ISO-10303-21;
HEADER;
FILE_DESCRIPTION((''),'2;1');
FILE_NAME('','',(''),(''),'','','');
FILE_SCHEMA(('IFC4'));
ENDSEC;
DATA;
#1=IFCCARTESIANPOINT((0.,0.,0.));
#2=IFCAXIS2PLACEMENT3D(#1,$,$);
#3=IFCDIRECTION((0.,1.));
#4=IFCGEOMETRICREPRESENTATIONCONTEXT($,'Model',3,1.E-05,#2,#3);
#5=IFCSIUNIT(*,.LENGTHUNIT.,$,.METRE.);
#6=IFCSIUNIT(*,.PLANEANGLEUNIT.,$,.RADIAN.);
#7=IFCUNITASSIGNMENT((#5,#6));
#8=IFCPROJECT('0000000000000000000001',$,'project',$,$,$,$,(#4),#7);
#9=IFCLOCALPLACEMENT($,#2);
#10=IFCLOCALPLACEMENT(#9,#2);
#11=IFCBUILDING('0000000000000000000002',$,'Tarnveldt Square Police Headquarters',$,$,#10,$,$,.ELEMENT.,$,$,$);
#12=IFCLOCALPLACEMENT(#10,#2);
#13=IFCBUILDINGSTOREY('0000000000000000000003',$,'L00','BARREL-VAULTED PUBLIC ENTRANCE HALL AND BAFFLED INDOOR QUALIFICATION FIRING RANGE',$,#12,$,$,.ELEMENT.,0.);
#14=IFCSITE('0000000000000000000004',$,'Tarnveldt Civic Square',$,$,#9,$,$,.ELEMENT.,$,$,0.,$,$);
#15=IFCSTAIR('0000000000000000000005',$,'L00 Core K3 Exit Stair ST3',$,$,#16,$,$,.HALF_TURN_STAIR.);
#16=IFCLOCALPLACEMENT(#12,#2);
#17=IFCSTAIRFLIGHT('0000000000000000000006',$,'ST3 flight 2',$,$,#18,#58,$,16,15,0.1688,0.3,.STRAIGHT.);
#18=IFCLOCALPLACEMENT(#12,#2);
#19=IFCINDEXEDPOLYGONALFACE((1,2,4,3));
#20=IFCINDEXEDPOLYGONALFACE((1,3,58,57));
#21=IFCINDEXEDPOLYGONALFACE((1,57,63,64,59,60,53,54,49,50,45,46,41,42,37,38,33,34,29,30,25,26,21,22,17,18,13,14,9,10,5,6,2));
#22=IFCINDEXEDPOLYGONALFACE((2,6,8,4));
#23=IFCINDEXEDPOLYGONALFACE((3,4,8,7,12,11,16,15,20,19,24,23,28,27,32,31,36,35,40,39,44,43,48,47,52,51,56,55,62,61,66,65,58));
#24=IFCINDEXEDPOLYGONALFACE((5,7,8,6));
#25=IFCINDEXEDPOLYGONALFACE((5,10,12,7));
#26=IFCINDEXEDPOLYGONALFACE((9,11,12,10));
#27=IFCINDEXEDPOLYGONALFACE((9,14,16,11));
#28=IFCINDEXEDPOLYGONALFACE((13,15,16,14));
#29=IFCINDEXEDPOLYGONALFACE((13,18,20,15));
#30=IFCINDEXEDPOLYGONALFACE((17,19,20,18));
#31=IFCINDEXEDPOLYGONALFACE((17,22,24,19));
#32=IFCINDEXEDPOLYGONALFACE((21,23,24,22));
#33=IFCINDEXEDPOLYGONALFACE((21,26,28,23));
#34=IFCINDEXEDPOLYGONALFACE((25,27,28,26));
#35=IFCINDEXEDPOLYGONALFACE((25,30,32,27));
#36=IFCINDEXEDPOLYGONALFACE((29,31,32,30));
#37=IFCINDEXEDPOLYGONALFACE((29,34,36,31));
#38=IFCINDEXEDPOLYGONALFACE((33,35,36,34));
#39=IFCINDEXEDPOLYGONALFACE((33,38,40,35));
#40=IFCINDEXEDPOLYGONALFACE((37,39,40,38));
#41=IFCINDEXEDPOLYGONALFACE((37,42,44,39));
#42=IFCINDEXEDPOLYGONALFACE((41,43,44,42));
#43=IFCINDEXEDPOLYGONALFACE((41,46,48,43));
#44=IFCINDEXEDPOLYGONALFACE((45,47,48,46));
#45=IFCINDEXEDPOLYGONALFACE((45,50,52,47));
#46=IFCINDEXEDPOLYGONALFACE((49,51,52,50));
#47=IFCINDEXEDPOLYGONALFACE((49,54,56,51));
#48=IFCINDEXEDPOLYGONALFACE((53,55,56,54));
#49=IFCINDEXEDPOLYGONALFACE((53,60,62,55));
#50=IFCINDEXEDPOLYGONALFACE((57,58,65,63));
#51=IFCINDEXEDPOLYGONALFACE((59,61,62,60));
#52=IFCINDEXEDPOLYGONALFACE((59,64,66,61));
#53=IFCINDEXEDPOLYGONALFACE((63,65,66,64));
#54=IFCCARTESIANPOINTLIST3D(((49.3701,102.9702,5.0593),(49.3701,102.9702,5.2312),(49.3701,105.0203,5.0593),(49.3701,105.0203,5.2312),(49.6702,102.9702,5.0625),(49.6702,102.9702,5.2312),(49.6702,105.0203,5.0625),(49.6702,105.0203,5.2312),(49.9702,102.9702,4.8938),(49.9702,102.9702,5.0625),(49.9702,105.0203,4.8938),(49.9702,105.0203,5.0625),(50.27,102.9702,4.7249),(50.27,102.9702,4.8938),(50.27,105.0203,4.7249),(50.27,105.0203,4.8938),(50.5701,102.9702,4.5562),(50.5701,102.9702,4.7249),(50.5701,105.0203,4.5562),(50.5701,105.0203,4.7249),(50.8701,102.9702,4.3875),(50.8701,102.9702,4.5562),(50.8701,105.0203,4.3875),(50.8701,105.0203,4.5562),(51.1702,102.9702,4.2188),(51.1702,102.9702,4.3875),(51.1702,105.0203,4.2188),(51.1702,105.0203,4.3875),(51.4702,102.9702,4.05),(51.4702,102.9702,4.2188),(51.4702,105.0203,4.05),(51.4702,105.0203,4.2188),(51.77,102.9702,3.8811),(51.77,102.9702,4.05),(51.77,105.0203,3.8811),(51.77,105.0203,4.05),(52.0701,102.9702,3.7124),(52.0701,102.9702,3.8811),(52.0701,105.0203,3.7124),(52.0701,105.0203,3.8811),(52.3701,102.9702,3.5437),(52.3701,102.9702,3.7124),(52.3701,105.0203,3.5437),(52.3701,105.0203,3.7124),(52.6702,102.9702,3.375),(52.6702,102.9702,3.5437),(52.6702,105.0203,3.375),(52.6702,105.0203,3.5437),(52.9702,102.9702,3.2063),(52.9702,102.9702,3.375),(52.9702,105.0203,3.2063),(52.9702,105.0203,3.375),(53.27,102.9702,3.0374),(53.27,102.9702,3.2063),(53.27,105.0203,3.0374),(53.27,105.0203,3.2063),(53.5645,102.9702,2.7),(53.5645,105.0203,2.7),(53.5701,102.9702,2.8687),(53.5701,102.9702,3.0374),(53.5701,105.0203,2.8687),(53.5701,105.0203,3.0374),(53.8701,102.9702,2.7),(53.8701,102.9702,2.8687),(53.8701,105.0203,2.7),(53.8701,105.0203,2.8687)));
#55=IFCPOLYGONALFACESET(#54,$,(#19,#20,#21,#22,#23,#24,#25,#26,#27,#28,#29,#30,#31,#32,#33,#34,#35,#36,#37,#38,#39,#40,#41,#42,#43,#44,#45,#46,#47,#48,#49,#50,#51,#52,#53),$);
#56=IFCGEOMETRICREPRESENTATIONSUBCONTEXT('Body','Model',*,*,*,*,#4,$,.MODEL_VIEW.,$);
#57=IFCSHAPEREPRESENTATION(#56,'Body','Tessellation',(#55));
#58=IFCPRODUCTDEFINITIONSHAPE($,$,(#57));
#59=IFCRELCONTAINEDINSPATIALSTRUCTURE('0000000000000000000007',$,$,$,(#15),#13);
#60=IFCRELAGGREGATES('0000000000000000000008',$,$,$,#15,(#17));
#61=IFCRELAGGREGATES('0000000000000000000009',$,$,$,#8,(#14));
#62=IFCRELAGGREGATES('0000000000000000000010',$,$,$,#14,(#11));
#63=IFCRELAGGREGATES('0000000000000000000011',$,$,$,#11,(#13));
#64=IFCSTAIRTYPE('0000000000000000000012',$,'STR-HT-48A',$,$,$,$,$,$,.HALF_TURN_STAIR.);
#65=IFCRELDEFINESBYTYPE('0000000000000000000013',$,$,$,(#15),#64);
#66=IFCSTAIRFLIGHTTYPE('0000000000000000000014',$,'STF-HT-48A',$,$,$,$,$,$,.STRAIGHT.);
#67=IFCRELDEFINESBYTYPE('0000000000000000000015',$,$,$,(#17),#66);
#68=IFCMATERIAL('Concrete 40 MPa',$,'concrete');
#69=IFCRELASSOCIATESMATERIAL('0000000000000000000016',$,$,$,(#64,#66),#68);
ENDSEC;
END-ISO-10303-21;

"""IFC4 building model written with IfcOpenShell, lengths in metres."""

from ifc_helpers import new_model, si_unit, direction, frame, origin, place, context, subcontext, project, spatial, polyline, outline, extrude, material, type_object, element, aggregate, save


model = new_model("IFC4")

# Units and contexts
model_context = context("Model", 3, precision=1e-05, world=origin(), true_north=direction((0.0, 1.0)))
body_context = subcontext(model_context, "Body", "Model", "MODEL_VIEW")
ifc_project = project(units=[si_unit("LENGTHUNIT", "METRE"), si_unit("PLANEANGLEUNIT", "RADIAN")], contexts=[model_context])

# Site, building, storey
site_placement = place(None, origin())
site = spatial("IfcSite", under=ifc_project, at=site_placement, Name="Tarnveldt Civic Square", CompositionType="ELEMENT", RefElevation=0.0)
building_placement = place(site_placement, origin())
building = spatial("IfcBuilding", under=site, at=building_placement, Name="Tarnveldt Square Police Headquarters", CompositionType="ELEMENT")
storey_placement = place(building_placement, origin())
storey = spatial("IfcBuildingStorey", under=building, at=storey_placement, Name="L00", Description="BARREL-VAULTED PUBLIC ENTRANCE HALL AND BAFFLED INDOOR QUALIFICATION FIRING RANGE", CompositionType="ELEMENT", Elevation=0.0)

# Shared definitions
ifc_material_1 = material(Name="Concrete 40 MPa", Category="concrete")

# Stair, stair flight
stair_type = type_object("IfcStairType", Name="STR-HT-48A", PredefinedType="HALF_TURN_STAIR", material=ifc_material_1)
stair_placement = place(storey_placement, origin())
stair = element("IfcStair", 1, at=stair_placement, inside=storey, type_object=stair_type, Name="L00 Core K3 Exit Stair ST3", PredefinedType="HALF_TURN_STAIR")
stair_flight_type = type_object("IfcStairFlightType", Name="STF-HT-48A", PredefinedType="STRAIGHT", material=ifc_material_1)
stair_flight_1_placement = place(storey_placement, frame((53.8701, 103.9951, 2.7), z_axis=(0.0, 0.0, 1.0), x_axis=(-1.0, 0.0, 0.0)))
stair_flight_1 = element("IfcStairFlight", 2, at=stair_flight_1_placement, type_object=stair_flight_type, Name="ST3 flight 2", NumberOfRisers=16, NumberOfTreads=15, PredefinedType="STRAIGHT", RiserHeight=0.1688, TreadLength=0.3, context=body_context, shape_type="SweptSolid", body=[
    extrude(outline(polyline([(0.0, 0.0), (0.0, 0.1687), (0.3, 0.1687), (0.3, 0.3374), (0.6001, 0.3374), (0.6001, 0.5063), (0.8999, 0.5063), (0.8999, 0.675), (1.2, 0.675), (1.2, 0.8438), (1.5, 0.8438), (1.5, 1.0125), (1.8, 1.0125), (1.8, 1.1812), (2.1001, 1.1812), (2.1001, 1.3501), (2.3999, 1.3501), (2.3999, 1.5188), (2.7, 1.5188), (2.7, 1.6875), (3.0, 1.6875), (3.0, 1.8562), (3.3, 1.8562), (3.3, 2.0249), (3.6001, 2.0249), (3.6001, 2.1938), (3.8999, 2.1938), (3.8999, 2.3625), (4.2, 2.3625), (4.2, 2.5312), (4.5, 2.5312), (4.5, 2.7), (4.5, 2.3594), (0.3057, 0.0), (0.0, 0.0)])), frame((0.0, 1.0249, 0.0), z_axis=(0.0, -1.0, 0.0), x_axis=(1.0, 0.0, 0.0)), (0.0, 0.0, 1.0), 2.05),
])
aggregate(stair, [stair_flight_1])

save(model, "model.ifc")
